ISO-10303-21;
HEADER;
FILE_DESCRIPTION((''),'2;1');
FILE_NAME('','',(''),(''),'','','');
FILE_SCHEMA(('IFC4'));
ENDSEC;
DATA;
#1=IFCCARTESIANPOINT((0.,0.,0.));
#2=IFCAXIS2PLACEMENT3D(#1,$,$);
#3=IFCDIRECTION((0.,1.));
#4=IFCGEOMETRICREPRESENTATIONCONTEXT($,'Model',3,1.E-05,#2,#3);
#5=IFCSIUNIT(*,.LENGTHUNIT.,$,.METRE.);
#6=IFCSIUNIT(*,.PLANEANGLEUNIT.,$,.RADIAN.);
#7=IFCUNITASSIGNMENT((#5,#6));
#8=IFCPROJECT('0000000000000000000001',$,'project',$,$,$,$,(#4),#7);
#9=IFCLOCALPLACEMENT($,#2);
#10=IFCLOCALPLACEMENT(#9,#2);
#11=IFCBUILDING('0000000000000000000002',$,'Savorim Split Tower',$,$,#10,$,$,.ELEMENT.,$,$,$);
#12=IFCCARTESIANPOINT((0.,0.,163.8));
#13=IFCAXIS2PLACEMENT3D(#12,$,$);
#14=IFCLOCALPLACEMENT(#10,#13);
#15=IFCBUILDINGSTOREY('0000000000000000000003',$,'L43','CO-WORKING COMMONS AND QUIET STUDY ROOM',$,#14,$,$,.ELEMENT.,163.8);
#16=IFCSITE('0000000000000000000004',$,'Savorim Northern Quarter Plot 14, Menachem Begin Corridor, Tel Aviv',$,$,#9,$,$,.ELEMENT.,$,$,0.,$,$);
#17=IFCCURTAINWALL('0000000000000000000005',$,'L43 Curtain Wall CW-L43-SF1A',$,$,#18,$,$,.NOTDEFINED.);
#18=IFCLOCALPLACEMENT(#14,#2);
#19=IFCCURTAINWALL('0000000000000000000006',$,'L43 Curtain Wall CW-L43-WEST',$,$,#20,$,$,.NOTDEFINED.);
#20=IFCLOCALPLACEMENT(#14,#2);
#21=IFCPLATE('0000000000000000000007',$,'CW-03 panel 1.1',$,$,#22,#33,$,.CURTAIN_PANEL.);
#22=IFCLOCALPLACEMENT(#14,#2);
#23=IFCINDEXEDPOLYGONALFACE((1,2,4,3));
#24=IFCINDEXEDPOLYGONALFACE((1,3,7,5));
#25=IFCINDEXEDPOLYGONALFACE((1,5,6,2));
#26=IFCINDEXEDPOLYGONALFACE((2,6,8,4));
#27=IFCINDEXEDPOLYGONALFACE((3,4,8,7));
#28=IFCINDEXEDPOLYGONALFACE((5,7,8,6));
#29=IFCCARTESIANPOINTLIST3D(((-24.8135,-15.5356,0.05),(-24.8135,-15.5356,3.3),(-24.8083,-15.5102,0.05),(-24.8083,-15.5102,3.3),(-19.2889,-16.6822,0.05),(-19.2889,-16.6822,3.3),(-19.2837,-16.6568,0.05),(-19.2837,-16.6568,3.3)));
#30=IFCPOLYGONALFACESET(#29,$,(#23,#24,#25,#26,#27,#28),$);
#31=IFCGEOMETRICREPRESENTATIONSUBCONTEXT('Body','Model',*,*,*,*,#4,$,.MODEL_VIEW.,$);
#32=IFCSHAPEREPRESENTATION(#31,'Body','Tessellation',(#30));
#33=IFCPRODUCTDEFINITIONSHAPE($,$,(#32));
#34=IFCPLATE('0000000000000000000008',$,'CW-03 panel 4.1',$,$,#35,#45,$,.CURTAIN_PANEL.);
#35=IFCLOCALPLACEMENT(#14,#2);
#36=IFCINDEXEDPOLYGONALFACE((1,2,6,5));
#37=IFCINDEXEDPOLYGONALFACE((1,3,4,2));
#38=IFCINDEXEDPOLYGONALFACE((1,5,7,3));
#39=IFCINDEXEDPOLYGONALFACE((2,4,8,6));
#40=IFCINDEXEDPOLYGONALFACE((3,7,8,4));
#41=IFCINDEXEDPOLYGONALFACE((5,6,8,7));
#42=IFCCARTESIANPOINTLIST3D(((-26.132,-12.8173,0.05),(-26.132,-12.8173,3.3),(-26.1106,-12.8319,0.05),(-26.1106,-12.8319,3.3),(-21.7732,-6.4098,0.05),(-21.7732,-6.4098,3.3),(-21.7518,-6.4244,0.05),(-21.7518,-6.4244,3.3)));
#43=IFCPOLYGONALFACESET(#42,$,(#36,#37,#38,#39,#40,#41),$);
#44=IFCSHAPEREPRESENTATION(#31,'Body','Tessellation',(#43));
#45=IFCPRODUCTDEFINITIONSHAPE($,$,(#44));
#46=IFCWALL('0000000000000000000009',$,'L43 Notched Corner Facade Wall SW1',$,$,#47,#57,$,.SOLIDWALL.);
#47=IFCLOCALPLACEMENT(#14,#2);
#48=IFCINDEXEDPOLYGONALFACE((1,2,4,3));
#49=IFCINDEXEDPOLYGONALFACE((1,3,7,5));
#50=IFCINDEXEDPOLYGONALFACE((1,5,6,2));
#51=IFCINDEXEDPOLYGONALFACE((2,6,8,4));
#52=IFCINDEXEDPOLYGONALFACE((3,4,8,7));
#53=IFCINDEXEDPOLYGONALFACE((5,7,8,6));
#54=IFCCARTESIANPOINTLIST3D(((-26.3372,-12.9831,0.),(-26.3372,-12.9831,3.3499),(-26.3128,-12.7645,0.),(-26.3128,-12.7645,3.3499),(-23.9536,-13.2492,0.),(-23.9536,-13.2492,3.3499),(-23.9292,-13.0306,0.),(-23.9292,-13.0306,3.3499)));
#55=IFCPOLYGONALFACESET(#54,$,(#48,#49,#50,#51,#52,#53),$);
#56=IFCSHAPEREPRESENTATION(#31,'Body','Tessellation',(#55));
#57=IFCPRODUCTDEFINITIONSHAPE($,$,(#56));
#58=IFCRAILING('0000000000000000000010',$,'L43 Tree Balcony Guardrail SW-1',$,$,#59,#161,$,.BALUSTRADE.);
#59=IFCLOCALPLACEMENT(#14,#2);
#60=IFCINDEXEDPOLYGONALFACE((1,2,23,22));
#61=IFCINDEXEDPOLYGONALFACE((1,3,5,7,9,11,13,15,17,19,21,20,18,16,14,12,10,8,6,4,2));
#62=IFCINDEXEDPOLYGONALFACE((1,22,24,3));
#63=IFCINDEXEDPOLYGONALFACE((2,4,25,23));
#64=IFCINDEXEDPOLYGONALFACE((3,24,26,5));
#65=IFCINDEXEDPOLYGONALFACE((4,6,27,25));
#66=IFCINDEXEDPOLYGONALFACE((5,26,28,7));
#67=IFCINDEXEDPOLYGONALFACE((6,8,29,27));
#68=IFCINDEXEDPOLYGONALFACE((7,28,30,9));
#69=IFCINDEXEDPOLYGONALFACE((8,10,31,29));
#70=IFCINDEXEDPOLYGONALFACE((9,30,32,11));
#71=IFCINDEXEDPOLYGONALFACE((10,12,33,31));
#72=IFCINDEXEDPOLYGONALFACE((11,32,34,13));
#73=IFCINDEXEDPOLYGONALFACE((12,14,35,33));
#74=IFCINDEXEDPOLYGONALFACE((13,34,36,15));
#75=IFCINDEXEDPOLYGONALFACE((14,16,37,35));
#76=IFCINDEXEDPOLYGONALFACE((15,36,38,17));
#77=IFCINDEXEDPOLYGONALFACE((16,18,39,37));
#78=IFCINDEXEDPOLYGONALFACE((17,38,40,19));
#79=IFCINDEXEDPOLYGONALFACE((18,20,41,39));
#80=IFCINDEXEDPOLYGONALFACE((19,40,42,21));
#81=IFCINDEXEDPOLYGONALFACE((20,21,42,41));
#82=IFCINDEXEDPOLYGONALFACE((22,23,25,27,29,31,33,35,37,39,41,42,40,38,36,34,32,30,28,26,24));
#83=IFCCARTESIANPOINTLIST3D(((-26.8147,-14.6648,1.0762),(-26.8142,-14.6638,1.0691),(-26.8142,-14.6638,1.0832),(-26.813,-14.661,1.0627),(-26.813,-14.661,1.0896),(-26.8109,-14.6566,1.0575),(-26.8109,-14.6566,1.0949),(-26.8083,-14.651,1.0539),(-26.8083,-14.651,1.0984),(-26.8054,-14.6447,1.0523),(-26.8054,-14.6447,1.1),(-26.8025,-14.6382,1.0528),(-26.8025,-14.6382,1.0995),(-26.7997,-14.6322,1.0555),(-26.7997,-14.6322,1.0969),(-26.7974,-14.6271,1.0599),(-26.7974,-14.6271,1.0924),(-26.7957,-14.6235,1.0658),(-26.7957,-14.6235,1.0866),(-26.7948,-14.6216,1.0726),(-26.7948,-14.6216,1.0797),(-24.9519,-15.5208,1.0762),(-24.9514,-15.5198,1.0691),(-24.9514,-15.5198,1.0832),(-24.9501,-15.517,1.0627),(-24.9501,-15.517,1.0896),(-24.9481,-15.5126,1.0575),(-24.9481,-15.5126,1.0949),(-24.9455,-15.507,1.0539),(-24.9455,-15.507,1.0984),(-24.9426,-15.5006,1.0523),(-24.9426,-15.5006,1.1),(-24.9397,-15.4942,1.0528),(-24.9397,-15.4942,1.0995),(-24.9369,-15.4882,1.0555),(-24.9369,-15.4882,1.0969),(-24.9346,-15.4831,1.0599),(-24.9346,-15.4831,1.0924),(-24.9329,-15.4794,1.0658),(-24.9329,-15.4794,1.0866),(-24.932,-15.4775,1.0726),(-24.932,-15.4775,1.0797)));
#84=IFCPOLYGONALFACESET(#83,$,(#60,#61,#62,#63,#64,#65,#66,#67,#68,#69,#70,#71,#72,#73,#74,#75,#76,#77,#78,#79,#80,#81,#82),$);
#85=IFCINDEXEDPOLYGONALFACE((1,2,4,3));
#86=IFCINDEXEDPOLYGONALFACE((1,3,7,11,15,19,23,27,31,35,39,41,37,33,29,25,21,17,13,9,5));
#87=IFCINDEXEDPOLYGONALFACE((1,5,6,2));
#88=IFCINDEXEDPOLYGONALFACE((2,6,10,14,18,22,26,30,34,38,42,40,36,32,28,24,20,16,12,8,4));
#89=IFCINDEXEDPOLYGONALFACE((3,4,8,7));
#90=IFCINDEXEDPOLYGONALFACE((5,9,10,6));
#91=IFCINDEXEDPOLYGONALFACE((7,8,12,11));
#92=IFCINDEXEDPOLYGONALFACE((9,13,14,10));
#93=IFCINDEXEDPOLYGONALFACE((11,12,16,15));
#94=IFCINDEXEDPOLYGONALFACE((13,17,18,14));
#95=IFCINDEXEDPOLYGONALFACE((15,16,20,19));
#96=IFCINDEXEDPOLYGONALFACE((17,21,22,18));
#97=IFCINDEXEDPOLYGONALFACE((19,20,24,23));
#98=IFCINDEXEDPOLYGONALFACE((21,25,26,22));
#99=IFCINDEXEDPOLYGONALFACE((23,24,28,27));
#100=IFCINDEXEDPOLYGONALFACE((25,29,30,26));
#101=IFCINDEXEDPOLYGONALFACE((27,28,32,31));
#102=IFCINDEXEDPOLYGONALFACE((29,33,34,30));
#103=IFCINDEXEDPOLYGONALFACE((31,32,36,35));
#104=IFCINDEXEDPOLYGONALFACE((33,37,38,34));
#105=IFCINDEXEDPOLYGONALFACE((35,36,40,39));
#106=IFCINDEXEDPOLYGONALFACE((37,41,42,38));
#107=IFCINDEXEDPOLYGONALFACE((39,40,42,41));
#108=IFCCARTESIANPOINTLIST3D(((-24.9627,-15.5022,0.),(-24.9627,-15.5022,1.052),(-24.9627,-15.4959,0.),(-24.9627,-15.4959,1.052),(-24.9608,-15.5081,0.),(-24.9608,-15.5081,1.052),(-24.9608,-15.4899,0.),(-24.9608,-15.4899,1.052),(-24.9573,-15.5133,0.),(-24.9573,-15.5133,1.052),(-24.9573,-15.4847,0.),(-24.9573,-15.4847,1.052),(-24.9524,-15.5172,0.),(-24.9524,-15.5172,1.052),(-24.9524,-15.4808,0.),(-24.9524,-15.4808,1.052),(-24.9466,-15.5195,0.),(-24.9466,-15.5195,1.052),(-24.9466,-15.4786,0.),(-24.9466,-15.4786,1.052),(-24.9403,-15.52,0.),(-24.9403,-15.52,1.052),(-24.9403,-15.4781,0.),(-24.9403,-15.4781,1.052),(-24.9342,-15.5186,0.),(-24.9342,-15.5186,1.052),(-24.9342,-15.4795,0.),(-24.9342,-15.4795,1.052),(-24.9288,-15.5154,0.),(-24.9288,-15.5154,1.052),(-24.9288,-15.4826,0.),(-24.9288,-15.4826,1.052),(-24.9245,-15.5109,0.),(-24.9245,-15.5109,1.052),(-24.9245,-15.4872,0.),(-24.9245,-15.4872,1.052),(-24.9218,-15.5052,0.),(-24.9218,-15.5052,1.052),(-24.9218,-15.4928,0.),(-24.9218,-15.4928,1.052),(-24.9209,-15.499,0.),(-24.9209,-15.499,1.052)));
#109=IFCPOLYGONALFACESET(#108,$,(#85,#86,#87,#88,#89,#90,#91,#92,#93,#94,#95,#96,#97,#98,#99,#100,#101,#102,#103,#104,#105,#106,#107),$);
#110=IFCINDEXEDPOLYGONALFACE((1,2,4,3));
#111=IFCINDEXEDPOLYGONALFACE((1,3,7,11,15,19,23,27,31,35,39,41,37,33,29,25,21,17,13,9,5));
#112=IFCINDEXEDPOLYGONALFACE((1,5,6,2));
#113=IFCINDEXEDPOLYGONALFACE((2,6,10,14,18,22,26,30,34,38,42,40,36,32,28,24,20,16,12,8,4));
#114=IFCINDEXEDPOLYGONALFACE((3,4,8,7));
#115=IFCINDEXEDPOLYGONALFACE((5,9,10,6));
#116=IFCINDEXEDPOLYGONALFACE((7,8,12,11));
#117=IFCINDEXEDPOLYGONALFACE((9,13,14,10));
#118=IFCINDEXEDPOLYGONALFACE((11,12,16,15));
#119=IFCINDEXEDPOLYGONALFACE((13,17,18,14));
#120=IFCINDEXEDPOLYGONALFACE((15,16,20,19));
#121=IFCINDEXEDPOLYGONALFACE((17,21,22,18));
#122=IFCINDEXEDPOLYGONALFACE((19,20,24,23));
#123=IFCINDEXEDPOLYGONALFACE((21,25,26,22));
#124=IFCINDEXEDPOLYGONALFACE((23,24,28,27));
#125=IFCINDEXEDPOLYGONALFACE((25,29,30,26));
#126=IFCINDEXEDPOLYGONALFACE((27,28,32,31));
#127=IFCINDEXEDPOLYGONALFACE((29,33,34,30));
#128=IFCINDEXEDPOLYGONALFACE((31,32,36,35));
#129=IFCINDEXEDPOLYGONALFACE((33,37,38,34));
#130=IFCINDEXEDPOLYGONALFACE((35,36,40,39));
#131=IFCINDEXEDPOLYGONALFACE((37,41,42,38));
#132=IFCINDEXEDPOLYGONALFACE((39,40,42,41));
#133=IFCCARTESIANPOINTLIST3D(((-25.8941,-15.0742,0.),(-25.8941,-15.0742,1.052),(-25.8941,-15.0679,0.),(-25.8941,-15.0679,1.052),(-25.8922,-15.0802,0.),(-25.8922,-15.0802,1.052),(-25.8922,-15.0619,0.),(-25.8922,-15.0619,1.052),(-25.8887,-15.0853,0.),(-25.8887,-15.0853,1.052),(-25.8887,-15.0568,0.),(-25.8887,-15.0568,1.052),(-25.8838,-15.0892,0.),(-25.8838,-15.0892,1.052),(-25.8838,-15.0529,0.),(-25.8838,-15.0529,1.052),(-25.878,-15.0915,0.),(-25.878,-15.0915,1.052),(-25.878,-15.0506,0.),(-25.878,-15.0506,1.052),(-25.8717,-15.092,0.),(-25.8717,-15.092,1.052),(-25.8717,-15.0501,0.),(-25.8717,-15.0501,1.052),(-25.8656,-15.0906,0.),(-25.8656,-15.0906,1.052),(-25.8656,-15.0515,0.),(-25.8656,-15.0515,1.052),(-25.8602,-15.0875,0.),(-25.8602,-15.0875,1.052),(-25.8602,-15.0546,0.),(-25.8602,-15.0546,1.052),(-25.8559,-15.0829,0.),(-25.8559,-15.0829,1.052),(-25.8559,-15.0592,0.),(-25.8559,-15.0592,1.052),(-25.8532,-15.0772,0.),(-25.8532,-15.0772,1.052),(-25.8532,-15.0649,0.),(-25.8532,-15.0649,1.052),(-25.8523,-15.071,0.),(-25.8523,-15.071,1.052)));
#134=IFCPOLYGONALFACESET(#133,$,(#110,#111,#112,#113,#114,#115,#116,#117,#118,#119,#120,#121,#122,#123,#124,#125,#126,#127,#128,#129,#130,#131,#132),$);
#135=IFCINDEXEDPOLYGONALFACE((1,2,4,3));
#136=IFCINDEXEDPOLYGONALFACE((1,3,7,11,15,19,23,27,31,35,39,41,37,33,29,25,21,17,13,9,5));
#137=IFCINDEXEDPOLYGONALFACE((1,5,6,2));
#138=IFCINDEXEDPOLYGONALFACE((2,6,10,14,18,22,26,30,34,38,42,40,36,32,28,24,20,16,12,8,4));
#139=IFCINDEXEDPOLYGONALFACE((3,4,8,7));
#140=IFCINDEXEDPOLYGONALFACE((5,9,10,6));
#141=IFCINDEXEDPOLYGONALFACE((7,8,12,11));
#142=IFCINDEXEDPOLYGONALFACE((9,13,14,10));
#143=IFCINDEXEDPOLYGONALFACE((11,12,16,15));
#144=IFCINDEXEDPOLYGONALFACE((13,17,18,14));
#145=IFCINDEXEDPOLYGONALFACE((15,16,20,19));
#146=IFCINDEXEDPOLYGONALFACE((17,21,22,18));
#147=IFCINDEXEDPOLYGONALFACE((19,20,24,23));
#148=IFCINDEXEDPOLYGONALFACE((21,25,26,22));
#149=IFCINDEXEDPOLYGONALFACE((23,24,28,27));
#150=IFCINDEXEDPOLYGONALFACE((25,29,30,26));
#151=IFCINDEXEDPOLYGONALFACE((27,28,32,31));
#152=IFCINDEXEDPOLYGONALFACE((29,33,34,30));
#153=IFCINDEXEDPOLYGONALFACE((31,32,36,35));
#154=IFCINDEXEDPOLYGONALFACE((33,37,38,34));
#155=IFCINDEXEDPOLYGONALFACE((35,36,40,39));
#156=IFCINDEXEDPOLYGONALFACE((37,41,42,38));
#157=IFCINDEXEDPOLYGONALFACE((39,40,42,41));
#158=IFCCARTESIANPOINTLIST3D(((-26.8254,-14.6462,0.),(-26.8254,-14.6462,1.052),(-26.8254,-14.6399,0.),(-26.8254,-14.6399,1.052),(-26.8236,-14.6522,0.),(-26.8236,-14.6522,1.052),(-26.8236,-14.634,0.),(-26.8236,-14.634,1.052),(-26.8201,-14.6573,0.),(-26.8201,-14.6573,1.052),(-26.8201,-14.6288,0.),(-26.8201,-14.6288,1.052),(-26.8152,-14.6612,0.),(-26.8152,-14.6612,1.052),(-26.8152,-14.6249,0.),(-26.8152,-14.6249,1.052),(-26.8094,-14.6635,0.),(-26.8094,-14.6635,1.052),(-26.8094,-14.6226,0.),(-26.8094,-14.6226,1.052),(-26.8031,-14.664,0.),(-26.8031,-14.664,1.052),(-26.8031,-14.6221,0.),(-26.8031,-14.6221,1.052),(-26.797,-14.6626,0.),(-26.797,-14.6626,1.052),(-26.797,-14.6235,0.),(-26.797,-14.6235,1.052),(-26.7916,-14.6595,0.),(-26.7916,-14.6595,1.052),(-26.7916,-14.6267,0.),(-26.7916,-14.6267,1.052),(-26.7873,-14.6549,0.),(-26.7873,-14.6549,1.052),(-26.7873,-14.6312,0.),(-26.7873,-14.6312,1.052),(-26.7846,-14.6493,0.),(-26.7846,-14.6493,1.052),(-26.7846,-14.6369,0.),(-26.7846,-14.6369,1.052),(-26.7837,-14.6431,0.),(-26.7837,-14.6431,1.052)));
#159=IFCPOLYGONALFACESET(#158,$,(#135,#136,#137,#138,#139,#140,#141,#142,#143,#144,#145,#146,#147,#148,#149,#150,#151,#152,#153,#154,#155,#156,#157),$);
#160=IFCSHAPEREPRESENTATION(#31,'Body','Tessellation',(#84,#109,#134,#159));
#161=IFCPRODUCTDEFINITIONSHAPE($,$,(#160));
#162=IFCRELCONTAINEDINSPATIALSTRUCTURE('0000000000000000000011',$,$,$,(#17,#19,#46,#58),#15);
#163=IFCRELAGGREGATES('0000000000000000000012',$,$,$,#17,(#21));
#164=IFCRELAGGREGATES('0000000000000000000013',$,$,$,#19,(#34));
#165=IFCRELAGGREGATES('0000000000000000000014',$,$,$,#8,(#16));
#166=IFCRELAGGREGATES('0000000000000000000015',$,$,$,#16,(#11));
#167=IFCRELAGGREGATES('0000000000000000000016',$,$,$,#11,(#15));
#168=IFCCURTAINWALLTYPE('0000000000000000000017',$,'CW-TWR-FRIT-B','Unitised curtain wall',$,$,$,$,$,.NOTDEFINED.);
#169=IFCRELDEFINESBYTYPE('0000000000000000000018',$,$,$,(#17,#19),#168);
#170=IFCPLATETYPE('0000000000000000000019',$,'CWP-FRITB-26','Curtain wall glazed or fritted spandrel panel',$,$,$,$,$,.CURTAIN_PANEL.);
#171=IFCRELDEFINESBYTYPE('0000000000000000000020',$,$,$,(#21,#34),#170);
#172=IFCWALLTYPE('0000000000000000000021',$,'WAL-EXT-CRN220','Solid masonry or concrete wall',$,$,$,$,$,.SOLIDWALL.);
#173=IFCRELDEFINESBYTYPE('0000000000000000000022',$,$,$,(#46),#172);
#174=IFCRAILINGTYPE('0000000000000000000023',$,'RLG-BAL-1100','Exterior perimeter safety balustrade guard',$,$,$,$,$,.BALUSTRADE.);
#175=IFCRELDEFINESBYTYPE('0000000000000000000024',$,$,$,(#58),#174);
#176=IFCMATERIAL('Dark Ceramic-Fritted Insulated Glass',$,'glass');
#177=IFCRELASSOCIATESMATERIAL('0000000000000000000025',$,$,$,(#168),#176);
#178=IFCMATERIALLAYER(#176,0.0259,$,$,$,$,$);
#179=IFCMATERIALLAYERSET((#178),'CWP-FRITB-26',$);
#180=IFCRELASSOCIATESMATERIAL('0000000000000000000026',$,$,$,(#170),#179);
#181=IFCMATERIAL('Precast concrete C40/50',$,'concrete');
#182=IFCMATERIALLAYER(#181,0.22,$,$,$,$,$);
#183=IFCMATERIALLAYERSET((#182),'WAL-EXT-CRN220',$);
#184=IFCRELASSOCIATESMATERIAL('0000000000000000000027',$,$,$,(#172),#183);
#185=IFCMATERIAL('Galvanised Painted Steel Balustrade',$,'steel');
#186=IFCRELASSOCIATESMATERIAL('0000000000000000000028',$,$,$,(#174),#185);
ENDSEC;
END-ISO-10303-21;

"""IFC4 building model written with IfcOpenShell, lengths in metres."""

from ifc_helpers import new_model, si_unit, direction, frame, frame_2d, origin, origin_2d, place, context, subcontext, project, spatial, rectangle, circle, extrude, material, layer, layer_set, type_object, element, aggregate, save


model = new_model("IFC4")

# Units and contexts
model_context = context("Model", 3, precision=1e-05, world=origin(), true_north=direction((0.0, 1.0)))
body_context = subcontext(model_context, "Body", "Model", "MODEL_VIEW")
ifc_project = project(units=[si_unit("LENGTHUNIT", "METRE"), si_unit("PLANEANGLEUNIT", "RADIAN")], contexts=[model_context])

# Site, building, storey
site_placement = place(None, origin())
site = spatial("IfcSite", under=ifc_project, at=site_placement, Name="Savorim Northern Quarter Plot 14, Menachem Begin Corridor, Tel Aviv", CompositionType="ELEMENT", RefElevation=0.0)
building_placement = place(site_placement, origin())
building = spatial("IfcBuilding", under=site, at=building_placement, Name="Savorim Split Tower", CompositionType="ELEMENT")
storey_placement = place(building_placement, frame((0.0, 0.0, 163.8)))
storey = spatial("IfcBuildingStorey", under=building, at=storey_placement, Name="L43", Description="CO-WORKING COMMONS AND QUIET STUDY ROOM", CompositionType="ELEMENT", Elevation=163.8)

# Curtain wall
ifc_material_1 = material(Name="Dark Ceramic-Fritted Insulated Glass", Category="glass")
curtain_wall_type = type_object("IfcCurtainWallType", Name="CW-TWR-FRIT-B", Description="Unitised curtain wall", PredefinedType="NOTDEFINED", material=ifc_material_1)
curtain_wall_1_placement = place(storey_placement, origin())
curtain_wall_1 = element("IfcCurtainWall", 1, at=curtain_wall_1_placement, inside=storey, type_object=curtain_wall_type, Name="L43 Curtain Wall CW-L43-SF1A", PredefinedType="NOTDEFINED")

# Curtain wall
curtain_wall_2_placement = place(storey_placement, origin())
curtain_wall_2 = element("IfcCurtainWall", 2, at=curtain_wall_2_placement, inside=storey, type_object=curtain_wall_type, Name="L43 Curtain Wall CW-L43-WEST", PredefinedType="NOTDEFINED")

# Plates
ifc_layer_1 = layer(ifc_material_1, 0.0259)
ifc_layer_set_1 = layer_set([ifc_layer_1], Name="CWP-FRITB-26")
plate_type = type_object("IfcPlateType", Name="CWP-FRITB-26", Description="Curtain wall glazed or fritted spandrel panel", PredefinedType="CURTAIN_PANEL", material=ifc_layer_set_1)
plate_1_placement = place(storey_placement, frame((-22.0486, -16.0962, 0.05), z_axis=(0.0, 0.0, 1.0), x_axis=(0.979134, -0.203216, 0.0)))
plate_1 = element("IfcPlate", 3, at=plate_1_placement, type_object=plate_type, Name="CW-03 panel 1.1", PredefinedType="CURTAIN_PANEL", context=body_context, shape_type="SweptSolid", body=[
    extrude(rectangle(XDim=5.6423, YDim=0.0259, at=origin_2d()), origin(), (0.0, 0.0, 1.0), 3.25),
])
aggregate(curtain_wall_1, [plate_1])
plate_2_placement = place(storey_placement, frame((-23.9419, -9.6208, 0.05), z_axis=(0.0, 0.0, 1.0), x_axis=(-0.562468, -0.826819, 0.0)))
plate_2 = element("IfcPlate", 4, at=plate_2_placement, type_object=plate_type, Name="CW-03 panel 4.1", PredefinedType="CURTAIN_PANEL", context=body_context, shape_type="SweptSolid", body=[
    extrude(rectangle(XDim=7.7495, YDim=0.0259, at=origin_2d()), origin(), (0.0, 0.0, 1.0), 3.25),
])
aggregate(curtain_wall_2, [plate_2])

# Wall
ifc_material_2 = material(Name="Precast concrete C40/50", Category="concrete")
ifc_layer_2 = layer(ifc_material_2, 0.22)
ifc_layer_set_2 = layer_set([ifc_layer_2], Name="WAL-EXT-CRN220")
wall_type = type_object("IfcWallType", Name="WAL-EXT-CRN220", Description="Solid masonry or concrete wall", PredefinedType="SOLIDWALL", material=ifc_layer_set_2)
wall_1_placement = place(storey_placement, frame((-23.9414, -13.1399, 0.0), z_axis=(0.0, 0.0, 1.0), x_axis=(-0.993825, 0.110957, 0.0)))
element("IfcWall", 5, at=wall_1_placement, inside=storey, type_object=wall_type, Name="L43 Notched Corner Facade Wall SW1", PredefinedType="SOLIDWALL", context=body_context, shape_type="SweptSolid", body=[
    extrude(rectangle(XDim=2.3984, YDim=0.22, at=frame_2d((1.1992, 0.0))), origin(), (0.0, 0.0, 1.0), 3.3499),
])

# Railing
ifc_material_3 = material(Name="Galvanised Painted Steel Balustrade", Category="steel")
railing_type = type_object("IfcRailingType", Name="RLG-BAL-1100", Description="Exterior perimeter safety balustrade guard", PredefinedType="BALUSTRADE", material=ifc_material_3)
railing_1_placement = place(storey_placement, frame((-24.9419, -15.499, 0.0)))
element("IfcRailing", 6, at=railing_1_placement, inside=storey, type_object=railing_type, Name="L43 Tree Balcony Guardrail SW-1", PredefinedType="BALUSTRADE", context=body_context, shape_type="SweptSolid", body=[
    extrude(circle(Radius=0.0239, at=origin_2d()), frame((0.0, 0.0, 1.0762), z_axis=(-0.908662, 0.417532, 0.0), x_axis=(-0.417532, -0.908662, 0.0)), (0.0, 0.0, 1.0), 2.05),
    extrude(circle(Radius=0.021, at=origin_2d()), origin(), (0.0, 0.0, 1.0), 1.052),
    extrude(circle(Radius=0.021, at=origin_2d()), frame((-0.9314, 0.428, 0.0)), (0.0, 0.0, 1.0), 1.052),
    extrude(circle(Radius=0.021, at=origin_2d()), frame((-1.8628, 0.856, 0.0)), (0.0, 0.0, 1.0), 1.052),
])

save(model, "model.ifc")
